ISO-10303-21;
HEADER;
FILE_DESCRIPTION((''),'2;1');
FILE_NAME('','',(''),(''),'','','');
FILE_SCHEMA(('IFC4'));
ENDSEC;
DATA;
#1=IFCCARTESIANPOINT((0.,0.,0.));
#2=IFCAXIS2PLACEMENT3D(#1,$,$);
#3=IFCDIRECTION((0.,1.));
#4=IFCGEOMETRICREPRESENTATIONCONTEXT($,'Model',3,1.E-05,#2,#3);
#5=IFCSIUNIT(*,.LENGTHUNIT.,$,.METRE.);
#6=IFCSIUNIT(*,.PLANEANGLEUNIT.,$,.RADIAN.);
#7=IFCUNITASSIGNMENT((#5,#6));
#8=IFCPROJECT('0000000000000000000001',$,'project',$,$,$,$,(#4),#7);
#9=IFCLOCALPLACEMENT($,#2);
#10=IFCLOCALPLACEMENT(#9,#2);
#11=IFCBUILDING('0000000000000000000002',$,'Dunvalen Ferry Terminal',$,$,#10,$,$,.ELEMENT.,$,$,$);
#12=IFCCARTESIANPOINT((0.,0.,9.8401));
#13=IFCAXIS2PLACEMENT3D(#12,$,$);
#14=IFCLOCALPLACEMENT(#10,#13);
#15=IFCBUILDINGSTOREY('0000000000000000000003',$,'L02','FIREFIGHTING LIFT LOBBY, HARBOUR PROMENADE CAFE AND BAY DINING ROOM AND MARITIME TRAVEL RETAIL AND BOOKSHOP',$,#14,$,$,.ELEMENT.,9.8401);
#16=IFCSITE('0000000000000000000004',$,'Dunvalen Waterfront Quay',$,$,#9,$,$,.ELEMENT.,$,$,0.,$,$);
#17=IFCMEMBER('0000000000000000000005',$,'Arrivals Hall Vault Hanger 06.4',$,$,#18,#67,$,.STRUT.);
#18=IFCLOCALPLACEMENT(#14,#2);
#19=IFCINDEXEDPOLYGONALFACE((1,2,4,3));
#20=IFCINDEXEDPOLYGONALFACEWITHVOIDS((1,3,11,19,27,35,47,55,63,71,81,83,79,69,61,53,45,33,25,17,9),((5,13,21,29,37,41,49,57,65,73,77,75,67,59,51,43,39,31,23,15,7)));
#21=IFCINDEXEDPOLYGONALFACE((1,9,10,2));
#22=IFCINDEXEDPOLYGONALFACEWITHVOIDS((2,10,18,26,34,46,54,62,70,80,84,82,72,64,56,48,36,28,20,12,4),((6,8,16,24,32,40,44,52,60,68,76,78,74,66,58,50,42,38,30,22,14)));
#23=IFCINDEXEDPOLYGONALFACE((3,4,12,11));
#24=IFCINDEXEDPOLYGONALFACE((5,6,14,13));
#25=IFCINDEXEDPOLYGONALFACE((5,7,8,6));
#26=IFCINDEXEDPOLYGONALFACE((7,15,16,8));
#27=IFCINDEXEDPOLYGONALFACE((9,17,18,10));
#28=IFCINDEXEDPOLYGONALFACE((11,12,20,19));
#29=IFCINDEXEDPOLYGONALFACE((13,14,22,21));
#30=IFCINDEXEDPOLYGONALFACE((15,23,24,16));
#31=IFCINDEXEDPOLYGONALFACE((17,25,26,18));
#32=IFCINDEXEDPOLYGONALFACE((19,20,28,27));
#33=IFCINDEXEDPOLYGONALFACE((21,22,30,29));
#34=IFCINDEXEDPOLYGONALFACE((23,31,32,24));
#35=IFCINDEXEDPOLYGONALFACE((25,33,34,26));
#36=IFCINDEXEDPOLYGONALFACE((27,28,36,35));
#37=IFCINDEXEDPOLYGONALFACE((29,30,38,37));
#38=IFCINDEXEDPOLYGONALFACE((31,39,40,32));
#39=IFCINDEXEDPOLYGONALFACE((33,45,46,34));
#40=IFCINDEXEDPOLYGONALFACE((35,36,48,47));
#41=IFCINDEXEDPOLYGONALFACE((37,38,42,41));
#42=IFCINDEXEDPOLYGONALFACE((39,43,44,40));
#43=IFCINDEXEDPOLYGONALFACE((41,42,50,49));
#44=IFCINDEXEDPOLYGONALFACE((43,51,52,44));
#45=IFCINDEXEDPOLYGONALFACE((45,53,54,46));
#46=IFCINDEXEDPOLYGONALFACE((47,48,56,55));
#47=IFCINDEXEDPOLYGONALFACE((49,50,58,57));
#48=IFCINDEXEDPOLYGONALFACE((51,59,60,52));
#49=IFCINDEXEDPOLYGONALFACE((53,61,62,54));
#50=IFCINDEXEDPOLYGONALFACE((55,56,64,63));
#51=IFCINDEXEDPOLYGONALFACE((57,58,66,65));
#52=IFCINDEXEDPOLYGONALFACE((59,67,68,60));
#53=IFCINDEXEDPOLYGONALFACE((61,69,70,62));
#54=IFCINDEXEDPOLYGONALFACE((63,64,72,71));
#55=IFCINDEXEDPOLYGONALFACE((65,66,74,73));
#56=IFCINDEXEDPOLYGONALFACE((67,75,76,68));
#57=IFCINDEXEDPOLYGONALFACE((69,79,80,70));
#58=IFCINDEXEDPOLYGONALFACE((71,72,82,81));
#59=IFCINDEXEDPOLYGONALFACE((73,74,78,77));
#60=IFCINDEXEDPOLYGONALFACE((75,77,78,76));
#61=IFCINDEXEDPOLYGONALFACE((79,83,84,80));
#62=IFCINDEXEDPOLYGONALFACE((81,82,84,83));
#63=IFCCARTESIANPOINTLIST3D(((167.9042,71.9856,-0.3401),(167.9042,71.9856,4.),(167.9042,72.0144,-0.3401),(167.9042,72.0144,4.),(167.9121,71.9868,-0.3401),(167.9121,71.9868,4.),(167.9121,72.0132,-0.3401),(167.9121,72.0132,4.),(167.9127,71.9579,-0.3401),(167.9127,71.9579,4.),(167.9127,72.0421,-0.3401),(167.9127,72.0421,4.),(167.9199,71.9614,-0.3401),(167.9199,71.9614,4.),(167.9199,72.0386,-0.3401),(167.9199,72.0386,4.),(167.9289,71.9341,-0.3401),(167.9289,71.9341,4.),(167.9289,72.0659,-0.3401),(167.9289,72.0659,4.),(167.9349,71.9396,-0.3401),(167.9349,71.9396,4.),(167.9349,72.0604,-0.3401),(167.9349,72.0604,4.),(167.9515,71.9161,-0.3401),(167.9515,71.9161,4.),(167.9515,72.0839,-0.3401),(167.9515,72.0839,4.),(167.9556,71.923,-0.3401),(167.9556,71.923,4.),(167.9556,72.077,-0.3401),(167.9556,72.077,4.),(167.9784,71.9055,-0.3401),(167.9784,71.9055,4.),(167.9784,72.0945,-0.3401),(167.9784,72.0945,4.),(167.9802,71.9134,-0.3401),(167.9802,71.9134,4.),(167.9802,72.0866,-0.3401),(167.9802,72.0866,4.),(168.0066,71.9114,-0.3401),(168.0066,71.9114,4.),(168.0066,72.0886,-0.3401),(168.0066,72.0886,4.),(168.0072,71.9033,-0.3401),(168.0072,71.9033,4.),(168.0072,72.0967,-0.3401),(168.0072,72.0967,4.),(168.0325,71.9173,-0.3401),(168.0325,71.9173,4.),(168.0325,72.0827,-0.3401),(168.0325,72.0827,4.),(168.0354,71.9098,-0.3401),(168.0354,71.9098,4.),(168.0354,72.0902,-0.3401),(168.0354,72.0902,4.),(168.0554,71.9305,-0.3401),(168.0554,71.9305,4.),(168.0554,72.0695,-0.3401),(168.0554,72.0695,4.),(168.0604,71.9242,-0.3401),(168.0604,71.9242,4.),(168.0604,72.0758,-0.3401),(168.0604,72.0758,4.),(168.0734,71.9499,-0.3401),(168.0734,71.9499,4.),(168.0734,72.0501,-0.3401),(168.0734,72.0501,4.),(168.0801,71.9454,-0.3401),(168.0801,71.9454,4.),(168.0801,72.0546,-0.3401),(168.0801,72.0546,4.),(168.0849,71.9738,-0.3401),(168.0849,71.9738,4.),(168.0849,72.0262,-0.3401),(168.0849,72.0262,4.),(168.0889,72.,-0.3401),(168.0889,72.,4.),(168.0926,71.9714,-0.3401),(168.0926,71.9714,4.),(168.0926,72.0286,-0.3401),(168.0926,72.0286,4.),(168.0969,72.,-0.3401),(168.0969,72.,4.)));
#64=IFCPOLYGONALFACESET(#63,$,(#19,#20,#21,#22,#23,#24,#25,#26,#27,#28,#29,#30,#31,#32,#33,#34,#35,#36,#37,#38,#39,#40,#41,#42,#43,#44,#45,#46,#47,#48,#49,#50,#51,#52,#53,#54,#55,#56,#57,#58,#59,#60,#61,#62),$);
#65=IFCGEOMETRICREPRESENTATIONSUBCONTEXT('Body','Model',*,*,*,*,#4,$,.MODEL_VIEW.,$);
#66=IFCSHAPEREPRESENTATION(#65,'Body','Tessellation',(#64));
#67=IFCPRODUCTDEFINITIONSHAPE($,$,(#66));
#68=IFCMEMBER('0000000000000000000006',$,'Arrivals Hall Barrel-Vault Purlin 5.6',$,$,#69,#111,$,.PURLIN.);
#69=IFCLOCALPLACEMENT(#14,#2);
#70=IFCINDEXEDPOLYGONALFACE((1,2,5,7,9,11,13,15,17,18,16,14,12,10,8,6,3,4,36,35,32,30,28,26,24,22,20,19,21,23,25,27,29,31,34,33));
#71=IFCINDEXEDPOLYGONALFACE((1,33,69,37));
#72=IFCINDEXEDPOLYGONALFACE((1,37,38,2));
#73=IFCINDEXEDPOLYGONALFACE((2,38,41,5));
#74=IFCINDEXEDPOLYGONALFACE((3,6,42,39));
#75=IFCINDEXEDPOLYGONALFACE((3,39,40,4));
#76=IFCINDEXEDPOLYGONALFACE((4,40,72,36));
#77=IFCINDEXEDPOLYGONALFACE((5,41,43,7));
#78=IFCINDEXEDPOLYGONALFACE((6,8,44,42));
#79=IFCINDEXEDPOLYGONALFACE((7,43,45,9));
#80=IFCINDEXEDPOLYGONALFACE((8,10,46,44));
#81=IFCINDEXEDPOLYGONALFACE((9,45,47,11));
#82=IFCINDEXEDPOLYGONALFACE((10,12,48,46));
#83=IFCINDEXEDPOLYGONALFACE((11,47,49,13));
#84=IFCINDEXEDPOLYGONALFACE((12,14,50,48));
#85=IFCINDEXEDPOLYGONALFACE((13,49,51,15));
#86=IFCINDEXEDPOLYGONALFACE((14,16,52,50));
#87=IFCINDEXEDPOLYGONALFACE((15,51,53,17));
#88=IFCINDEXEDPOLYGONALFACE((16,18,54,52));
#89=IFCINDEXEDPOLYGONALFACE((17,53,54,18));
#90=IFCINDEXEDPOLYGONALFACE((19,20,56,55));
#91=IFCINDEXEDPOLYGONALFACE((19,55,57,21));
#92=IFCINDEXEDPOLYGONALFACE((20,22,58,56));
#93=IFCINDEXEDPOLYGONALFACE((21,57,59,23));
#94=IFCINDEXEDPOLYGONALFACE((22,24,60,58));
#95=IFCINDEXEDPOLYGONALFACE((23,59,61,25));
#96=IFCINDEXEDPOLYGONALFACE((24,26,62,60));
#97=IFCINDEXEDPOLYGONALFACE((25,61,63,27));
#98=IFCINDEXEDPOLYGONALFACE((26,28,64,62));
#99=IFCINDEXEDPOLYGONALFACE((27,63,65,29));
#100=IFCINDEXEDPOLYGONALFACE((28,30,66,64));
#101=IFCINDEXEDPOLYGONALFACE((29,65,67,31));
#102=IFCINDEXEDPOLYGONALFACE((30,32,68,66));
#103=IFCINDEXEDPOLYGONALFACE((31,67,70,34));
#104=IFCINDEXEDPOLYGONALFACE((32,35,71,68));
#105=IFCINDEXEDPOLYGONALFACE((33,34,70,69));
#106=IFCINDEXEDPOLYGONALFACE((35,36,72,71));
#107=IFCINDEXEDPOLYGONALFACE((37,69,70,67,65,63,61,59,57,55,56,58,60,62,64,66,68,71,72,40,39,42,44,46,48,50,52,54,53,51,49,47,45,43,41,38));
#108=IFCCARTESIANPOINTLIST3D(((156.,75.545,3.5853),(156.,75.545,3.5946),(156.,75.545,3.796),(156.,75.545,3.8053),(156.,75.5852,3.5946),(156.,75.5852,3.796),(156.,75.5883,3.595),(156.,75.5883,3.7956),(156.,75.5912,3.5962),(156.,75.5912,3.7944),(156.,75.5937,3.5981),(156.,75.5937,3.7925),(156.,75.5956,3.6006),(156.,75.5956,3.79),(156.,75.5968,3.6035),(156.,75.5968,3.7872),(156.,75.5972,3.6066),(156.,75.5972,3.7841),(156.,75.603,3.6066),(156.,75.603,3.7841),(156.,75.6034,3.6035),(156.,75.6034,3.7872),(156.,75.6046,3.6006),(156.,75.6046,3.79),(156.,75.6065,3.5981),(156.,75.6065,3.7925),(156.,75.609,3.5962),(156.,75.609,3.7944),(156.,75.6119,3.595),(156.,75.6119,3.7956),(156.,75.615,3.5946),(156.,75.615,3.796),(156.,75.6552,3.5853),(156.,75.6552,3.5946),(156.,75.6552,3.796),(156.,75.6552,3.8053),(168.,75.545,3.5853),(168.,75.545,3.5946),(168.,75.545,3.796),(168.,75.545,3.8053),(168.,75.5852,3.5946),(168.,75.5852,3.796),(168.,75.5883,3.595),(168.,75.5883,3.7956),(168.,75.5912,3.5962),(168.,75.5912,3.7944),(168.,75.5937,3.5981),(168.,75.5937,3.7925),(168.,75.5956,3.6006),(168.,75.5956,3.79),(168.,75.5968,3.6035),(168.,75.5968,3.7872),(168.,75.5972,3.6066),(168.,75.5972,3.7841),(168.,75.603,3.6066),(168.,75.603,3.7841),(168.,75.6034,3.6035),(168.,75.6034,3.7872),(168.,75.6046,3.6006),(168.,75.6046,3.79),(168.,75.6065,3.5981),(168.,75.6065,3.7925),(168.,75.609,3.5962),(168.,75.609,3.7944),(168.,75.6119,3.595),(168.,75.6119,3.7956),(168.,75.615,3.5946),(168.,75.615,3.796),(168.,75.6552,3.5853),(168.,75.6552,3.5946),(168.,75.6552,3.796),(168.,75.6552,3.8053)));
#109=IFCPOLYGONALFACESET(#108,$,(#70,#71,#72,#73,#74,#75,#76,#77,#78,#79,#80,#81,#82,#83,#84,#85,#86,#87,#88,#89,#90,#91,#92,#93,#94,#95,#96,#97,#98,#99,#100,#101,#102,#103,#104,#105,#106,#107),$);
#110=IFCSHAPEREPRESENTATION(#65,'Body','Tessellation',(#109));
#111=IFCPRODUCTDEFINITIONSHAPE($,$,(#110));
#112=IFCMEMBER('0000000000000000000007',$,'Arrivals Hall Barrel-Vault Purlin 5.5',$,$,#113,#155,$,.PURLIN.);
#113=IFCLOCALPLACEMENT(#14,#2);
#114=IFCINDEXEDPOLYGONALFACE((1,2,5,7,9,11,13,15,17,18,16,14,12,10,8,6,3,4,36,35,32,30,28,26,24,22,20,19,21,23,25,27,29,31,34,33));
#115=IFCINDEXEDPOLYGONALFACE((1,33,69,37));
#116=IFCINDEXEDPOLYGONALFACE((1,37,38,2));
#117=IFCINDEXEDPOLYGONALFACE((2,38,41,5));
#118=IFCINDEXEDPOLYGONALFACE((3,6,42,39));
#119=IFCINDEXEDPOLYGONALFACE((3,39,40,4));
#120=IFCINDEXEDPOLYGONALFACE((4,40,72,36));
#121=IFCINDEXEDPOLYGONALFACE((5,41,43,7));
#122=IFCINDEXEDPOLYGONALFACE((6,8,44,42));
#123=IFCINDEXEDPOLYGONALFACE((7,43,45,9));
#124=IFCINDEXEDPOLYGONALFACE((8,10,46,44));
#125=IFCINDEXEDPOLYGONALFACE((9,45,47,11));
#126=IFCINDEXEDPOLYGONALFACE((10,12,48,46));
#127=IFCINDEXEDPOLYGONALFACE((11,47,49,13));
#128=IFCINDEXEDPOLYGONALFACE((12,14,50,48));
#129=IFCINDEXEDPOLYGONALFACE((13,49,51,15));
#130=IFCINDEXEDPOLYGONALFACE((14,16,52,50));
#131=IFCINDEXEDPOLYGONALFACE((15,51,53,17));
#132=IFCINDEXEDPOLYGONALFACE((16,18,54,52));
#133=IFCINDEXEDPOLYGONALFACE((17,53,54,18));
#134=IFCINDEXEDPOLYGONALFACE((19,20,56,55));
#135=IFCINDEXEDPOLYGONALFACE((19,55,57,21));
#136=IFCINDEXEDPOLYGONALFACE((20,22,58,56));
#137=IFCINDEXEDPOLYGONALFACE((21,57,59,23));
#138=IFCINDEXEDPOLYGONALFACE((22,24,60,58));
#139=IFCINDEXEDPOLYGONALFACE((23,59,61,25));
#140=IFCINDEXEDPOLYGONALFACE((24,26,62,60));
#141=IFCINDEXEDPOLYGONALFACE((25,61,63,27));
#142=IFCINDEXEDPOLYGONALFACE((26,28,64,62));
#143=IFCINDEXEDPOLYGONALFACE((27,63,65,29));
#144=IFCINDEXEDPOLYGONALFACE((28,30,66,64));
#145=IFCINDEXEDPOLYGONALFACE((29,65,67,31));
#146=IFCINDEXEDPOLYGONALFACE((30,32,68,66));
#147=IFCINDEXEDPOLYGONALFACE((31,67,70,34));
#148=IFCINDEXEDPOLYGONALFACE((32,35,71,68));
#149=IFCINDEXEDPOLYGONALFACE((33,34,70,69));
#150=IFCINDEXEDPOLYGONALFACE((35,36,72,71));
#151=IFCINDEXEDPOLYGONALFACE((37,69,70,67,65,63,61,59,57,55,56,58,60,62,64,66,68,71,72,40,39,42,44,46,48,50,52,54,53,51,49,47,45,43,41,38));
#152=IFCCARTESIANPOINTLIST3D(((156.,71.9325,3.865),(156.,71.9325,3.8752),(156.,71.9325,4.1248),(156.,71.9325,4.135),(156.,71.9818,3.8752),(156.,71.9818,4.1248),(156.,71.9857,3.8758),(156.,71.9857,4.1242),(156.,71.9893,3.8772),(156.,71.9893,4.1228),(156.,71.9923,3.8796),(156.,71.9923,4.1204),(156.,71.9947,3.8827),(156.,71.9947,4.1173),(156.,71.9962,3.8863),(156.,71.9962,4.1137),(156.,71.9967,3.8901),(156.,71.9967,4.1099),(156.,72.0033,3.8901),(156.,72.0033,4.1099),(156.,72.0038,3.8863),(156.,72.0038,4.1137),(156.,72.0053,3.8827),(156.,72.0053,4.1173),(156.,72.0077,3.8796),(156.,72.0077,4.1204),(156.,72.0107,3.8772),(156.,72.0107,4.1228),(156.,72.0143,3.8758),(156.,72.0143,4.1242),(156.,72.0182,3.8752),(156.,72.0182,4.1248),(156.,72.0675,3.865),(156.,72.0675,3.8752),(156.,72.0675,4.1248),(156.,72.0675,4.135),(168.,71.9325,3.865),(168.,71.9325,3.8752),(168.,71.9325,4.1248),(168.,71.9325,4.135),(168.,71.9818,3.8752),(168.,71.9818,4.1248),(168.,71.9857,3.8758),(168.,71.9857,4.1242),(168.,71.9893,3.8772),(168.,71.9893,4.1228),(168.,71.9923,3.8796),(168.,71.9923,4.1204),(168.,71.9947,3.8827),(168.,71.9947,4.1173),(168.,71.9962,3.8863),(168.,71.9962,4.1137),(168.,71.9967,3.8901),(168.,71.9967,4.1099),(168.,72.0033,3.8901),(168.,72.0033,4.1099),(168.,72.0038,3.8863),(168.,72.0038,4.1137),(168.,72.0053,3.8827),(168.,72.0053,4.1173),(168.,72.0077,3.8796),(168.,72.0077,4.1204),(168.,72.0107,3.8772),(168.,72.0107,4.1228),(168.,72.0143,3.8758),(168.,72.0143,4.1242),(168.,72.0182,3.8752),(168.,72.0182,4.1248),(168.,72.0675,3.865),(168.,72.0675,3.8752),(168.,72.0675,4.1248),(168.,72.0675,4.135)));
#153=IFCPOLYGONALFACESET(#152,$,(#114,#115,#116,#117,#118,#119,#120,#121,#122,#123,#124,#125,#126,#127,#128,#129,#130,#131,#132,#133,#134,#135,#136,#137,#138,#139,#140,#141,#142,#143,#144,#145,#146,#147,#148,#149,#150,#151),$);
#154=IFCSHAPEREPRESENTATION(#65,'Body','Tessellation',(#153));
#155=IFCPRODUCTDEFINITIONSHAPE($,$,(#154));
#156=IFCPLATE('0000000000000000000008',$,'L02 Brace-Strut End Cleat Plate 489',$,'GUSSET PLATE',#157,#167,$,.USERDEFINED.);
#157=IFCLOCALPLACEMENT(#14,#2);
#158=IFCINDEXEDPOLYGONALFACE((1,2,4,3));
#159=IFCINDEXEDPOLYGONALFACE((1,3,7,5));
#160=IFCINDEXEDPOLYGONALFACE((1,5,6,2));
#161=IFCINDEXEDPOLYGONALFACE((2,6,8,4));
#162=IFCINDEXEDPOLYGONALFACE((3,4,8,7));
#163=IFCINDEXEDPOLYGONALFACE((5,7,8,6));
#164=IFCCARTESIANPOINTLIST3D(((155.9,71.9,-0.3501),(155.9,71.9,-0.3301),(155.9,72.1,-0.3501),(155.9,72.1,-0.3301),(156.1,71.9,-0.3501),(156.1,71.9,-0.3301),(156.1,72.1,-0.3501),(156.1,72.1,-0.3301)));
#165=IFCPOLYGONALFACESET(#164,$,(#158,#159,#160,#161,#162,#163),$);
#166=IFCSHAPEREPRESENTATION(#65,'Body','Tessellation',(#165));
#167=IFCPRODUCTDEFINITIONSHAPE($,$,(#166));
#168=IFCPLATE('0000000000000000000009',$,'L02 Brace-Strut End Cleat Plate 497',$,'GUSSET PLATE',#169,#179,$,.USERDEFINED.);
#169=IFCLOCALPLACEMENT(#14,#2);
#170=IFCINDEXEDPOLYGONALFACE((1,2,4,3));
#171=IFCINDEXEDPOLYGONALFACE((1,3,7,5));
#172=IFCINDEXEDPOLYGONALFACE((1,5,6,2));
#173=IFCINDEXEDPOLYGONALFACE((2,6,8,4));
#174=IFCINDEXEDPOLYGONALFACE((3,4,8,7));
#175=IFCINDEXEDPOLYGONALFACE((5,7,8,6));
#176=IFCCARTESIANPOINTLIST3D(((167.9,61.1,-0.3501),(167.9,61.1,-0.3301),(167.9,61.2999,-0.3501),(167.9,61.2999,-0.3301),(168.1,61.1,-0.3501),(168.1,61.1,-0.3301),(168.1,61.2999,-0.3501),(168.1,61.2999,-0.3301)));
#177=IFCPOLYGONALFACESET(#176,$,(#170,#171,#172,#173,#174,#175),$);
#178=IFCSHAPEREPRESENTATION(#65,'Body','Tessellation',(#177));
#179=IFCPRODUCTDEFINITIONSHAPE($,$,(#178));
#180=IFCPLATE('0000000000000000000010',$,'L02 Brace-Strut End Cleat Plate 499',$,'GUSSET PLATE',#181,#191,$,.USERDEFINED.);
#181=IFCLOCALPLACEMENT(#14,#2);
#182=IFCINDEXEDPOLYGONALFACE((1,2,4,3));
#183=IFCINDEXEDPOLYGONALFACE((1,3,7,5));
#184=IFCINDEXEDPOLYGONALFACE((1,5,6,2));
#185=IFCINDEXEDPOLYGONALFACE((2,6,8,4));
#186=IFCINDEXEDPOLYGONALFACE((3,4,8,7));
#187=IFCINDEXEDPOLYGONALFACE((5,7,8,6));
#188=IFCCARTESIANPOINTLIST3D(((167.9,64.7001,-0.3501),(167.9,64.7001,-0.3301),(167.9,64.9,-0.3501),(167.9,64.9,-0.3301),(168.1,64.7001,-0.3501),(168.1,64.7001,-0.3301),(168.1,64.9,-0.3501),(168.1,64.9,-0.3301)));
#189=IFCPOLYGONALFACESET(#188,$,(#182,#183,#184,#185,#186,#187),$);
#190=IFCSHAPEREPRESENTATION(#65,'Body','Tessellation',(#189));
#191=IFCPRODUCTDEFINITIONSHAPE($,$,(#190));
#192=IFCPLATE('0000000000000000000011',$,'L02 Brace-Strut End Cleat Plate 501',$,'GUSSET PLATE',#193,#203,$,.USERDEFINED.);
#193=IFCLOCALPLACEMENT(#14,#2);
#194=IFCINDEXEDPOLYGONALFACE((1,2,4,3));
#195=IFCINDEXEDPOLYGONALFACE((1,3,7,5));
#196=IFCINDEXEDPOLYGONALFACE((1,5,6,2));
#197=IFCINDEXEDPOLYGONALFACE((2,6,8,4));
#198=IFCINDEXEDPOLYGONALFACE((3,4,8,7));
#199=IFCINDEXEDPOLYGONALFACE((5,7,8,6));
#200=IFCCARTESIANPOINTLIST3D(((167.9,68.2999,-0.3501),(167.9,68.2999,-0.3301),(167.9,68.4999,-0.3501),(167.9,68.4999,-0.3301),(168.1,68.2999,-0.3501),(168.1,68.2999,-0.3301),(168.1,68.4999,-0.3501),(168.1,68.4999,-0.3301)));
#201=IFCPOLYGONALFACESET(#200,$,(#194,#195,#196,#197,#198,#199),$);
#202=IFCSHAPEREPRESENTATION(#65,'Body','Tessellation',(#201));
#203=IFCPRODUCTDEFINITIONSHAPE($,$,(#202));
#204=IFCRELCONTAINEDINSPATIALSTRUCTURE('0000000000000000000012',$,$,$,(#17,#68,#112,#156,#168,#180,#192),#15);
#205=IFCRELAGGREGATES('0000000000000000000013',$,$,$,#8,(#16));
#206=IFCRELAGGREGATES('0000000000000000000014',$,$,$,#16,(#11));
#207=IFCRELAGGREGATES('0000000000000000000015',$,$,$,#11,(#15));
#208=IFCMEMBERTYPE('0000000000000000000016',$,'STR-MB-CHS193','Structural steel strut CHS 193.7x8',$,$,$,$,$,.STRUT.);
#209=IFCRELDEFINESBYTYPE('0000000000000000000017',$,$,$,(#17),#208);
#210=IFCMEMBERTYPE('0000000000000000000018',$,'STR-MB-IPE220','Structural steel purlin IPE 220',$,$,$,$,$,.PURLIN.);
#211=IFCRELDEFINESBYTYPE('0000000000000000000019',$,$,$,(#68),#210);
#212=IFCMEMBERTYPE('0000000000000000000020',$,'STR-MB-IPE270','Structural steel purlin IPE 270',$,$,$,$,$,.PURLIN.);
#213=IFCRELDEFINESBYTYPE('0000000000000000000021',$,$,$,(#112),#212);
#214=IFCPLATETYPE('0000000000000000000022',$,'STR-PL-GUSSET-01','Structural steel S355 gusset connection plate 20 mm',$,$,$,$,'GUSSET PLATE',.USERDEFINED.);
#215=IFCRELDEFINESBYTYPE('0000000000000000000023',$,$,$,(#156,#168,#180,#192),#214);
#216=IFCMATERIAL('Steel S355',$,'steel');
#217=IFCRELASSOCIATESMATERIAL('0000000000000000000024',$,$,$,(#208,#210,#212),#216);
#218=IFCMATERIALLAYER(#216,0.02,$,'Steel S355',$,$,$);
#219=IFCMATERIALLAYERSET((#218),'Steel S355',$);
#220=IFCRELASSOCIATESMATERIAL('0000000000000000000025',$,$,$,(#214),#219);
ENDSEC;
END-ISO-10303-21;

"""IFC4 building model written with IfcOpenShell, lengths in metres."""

from ifc_helpers import new_model, si_unit, direction, frame, origin, origin_2d, place, context, subcontext, project, spatial, rectangle, hollow_circle, i_section, extrude, material, layer, layer_set, material_profile, profile_set, type_object, element, save


model = new_model("IFC4")

# Units and contexts
model_context = context("Model", 3, precision=1e-05, world=origin(), true_north=direction((0.0, 1.0)))
body_context = subcontext(model_context, "Body", "Model", "MODEL_VIEW")
ifc_project = project(units=[si_unit("LENGTHUNIT", "METRE"), si_unit("PLANEANGLEUNIT", "RADIAN")], contexts=[model_context])

# Site, building, storey
site_placement = place(None, origin())
site = spatial("IfcSite", under=ifc_project, at=site_placement, Name="Dunvalen Waterfront Quay", CompositionType="ELEMENT", RefElevation=0.0)
building_placement = place(site_placement, origin())
building = spatial("IfcBuilding", under=site, at=building_placement, Name="Dunvalen Ferry Terminal", CompositionType="ELEMENT")
storey_placement = place(building_placement, frame((0.0, 0.0, 9.8401)))
storey = spatial("IfcBuildingStorey", under=building, at=storey_placement, Name="L02", Description="FIREFIGHTING LIFT LOBBY, HARBOUR PROMENADE CAFE AND BAY DINING ROOM AND MARITIME TRAVEL RETAIL AND BOOKSHOP", CompositionType="ELEMENT", Elevation=9.8401)

# Shared definitions
ifc_material_1 = material(Name="Steel S355", Category="steel")

# Members
ifc_material_profile_1 = material_profile(ifc_material_1, hollow_circle(Radius=0.0969, WallThickness=0.0081, at=origin_2d()), Name="Steel S355")
ifc_profile_set_1 = profile_set([ifc_material_profile_1], Name="Steel S355")
member_type_1 = type_object("IfcMemberType", Name="STR-MB-CHS193", Description="Structural steel strut CHS 193.7x8", PredefinedType="STRUT", material=ifc_profile_set_1)
member_1_placement = place(storey_placement, frame((168.0, 72.0, -0.3401), z_axis=(0.0, 0.0, 1.0), x_axis=(1.0, 0.0, 0.0)))
element("IfcMember", 1, at=member_1_placement, inside=storey, type_object=member_type_1, Name="Arrivals Hall Vault Hanger 06.4", PredefinedType="STRUT", context=body_context, shape_type="SweptSolid", body=[
    extrude(hollow_circle(Radius=0.0969, WallThickness=0.0081, at=origin_2d()), origin(), (0.0, 0.0, 1.0), 4.3401),
])
ifc_material_profile_2 = material_profile(ifc_material_1, i_section(OverallWidth=0.1101, OverallDepth=0.22, WebThickness=0.0059, FlangeThickness=0.0093, FilletRadius=0.012, at=origin_2d()), Name="Steel S355")
ifc_profile_set_2 = profile_set([ifc_material_profile_2], Name="Steel S355")
member_type_2 = type_object("IfcMemberType", Name="STR-MB-IPE220", Description="Structural steel purlin IPE 220", PredefinedType="PURLIN", material=ifc_profile_set_2)
member_2_placement = place(storey_placement, frame((156.0, 75.6001, 3.6953), z_axis=(1.0, 0.0, 0.0), x_axis=(0.0, 1.0, 0.0)))
element("IfcMember", 2, at=member_2_placement, inside=storey, type_object=member_type_2, Name="Arrivals Hall Barrel-Vault Purlin 5.6", PredefinedType="PURLIN", context=body_context, shape_type="SweptSolid", body=[
    extrude(i_section(OverallWidth=0.1101, OverallDepth=0.22, WebThickness=0.0059, FlangeThickness=0.0093, FilletRadius=0.012, at=origin_2d()), origin(), (0.0, 0.0, 1.0), 12.0),
])
ifc_material_profile_3 = material_profile(ifc_material_1, i_section(OverallWidth=0.135, OverallDepth=0.27, WebThickness=0.0066, FlangeThickness=0.0103, FilletRadius=0.0149, at=origin_2d()), Name="Steel S355")
ifc_profile_set_3 = profile_set([ifc_material_profile_3], Name="Steel S355")
member_type_3 = type_object("IfcMemberType", Name="STR-MB-IPE270", Description="Structural steel purlin IPE 270", PredefinedType="PURLIN", material=ifc_profile_set_3)
member_3_placement = place(storey_placement, frame((156.0, 72.0, 4.0), z_axis=(1.0, 0.0, 0.0), x_axis=(0.0, 1.0, 0.0)))
element("IfcMember", 3, at=member_3_placement, inside=storey, type_object=member_type_3, Name="Arrivals Hall Barrel-Vault Purlin 5.5", PredefinedType="PURLIN", context=body_context, shape_type="SweptSolid", body=[
    extrude(i_section(OverallWidth=0.135, OverallDepth=0.27, WebThickness=0.0066, FlangeThickness=0.0103, FilletRadius=0.0149, at=origin_2d()), origin(), (0.0, 0.0, 1.0), 12.0),
])

# Plates
ifc_layer_1 = layer(ifc_material_1, 0.02, Name="Steel S355")
ifc_layer_set_1 = layer_set([ifc_layer_1], Name="Steel S355")
plate_type_1 = type_object("IfcPlateType", Name="STR-PL-GUSSET-01", Description="Structural steel S355 gusset connection plate 20 mm", ElementType="GUSSET PLATE", PredefinedType="USERDEFINED", material=ifc_layer_set_1)
for number, where, z_axis, x_axis, name in (
    (4, (156.0, 72.0, -0.3501), (0.0, 0.0, 1.0), (1.0, 0.0, 0.0), "L02 Brace-Strut End Cleat Plate 489"),
    (5, (168.0, 61.2, -0.3501), (0.0, 0.0, 1.0), (1.0, 0.0, 0.0), "L02 Brace-Strut End Cleat Plate 497"),
    (6, (168.0, 64.8, -0.3501), (0.0, 0.0, 1.0), (1.0, 0.0, 0.0), "L02 Brace-Strut End Cleat Plate 499"),
    (7, (168.0, 68.3999, -0.3501), (0.0, 0.0, 1.0), (1.0, 0.0, 0.0), "L02 Brace-Strut End Cleat Plate 501"),
):
    element("IfcPlate", number, at=place(storey_placement, frame(where, z_axis=z_axis, x_axis=x_axis)), inside=storey, type_object=plate_type_1, Name=name, ObjectType="GUSSET PLATE", PredefinedType="USERDEFINED", context=body_context, shape_type="SweptSolid", body=[
        extrude(rectangle(XDim=0.2, YDim=0.2, at=origin_2d()), origin(), (0.0, 0.0, 1.0), 0.02),
    ])

save(model, "model.ifc")
